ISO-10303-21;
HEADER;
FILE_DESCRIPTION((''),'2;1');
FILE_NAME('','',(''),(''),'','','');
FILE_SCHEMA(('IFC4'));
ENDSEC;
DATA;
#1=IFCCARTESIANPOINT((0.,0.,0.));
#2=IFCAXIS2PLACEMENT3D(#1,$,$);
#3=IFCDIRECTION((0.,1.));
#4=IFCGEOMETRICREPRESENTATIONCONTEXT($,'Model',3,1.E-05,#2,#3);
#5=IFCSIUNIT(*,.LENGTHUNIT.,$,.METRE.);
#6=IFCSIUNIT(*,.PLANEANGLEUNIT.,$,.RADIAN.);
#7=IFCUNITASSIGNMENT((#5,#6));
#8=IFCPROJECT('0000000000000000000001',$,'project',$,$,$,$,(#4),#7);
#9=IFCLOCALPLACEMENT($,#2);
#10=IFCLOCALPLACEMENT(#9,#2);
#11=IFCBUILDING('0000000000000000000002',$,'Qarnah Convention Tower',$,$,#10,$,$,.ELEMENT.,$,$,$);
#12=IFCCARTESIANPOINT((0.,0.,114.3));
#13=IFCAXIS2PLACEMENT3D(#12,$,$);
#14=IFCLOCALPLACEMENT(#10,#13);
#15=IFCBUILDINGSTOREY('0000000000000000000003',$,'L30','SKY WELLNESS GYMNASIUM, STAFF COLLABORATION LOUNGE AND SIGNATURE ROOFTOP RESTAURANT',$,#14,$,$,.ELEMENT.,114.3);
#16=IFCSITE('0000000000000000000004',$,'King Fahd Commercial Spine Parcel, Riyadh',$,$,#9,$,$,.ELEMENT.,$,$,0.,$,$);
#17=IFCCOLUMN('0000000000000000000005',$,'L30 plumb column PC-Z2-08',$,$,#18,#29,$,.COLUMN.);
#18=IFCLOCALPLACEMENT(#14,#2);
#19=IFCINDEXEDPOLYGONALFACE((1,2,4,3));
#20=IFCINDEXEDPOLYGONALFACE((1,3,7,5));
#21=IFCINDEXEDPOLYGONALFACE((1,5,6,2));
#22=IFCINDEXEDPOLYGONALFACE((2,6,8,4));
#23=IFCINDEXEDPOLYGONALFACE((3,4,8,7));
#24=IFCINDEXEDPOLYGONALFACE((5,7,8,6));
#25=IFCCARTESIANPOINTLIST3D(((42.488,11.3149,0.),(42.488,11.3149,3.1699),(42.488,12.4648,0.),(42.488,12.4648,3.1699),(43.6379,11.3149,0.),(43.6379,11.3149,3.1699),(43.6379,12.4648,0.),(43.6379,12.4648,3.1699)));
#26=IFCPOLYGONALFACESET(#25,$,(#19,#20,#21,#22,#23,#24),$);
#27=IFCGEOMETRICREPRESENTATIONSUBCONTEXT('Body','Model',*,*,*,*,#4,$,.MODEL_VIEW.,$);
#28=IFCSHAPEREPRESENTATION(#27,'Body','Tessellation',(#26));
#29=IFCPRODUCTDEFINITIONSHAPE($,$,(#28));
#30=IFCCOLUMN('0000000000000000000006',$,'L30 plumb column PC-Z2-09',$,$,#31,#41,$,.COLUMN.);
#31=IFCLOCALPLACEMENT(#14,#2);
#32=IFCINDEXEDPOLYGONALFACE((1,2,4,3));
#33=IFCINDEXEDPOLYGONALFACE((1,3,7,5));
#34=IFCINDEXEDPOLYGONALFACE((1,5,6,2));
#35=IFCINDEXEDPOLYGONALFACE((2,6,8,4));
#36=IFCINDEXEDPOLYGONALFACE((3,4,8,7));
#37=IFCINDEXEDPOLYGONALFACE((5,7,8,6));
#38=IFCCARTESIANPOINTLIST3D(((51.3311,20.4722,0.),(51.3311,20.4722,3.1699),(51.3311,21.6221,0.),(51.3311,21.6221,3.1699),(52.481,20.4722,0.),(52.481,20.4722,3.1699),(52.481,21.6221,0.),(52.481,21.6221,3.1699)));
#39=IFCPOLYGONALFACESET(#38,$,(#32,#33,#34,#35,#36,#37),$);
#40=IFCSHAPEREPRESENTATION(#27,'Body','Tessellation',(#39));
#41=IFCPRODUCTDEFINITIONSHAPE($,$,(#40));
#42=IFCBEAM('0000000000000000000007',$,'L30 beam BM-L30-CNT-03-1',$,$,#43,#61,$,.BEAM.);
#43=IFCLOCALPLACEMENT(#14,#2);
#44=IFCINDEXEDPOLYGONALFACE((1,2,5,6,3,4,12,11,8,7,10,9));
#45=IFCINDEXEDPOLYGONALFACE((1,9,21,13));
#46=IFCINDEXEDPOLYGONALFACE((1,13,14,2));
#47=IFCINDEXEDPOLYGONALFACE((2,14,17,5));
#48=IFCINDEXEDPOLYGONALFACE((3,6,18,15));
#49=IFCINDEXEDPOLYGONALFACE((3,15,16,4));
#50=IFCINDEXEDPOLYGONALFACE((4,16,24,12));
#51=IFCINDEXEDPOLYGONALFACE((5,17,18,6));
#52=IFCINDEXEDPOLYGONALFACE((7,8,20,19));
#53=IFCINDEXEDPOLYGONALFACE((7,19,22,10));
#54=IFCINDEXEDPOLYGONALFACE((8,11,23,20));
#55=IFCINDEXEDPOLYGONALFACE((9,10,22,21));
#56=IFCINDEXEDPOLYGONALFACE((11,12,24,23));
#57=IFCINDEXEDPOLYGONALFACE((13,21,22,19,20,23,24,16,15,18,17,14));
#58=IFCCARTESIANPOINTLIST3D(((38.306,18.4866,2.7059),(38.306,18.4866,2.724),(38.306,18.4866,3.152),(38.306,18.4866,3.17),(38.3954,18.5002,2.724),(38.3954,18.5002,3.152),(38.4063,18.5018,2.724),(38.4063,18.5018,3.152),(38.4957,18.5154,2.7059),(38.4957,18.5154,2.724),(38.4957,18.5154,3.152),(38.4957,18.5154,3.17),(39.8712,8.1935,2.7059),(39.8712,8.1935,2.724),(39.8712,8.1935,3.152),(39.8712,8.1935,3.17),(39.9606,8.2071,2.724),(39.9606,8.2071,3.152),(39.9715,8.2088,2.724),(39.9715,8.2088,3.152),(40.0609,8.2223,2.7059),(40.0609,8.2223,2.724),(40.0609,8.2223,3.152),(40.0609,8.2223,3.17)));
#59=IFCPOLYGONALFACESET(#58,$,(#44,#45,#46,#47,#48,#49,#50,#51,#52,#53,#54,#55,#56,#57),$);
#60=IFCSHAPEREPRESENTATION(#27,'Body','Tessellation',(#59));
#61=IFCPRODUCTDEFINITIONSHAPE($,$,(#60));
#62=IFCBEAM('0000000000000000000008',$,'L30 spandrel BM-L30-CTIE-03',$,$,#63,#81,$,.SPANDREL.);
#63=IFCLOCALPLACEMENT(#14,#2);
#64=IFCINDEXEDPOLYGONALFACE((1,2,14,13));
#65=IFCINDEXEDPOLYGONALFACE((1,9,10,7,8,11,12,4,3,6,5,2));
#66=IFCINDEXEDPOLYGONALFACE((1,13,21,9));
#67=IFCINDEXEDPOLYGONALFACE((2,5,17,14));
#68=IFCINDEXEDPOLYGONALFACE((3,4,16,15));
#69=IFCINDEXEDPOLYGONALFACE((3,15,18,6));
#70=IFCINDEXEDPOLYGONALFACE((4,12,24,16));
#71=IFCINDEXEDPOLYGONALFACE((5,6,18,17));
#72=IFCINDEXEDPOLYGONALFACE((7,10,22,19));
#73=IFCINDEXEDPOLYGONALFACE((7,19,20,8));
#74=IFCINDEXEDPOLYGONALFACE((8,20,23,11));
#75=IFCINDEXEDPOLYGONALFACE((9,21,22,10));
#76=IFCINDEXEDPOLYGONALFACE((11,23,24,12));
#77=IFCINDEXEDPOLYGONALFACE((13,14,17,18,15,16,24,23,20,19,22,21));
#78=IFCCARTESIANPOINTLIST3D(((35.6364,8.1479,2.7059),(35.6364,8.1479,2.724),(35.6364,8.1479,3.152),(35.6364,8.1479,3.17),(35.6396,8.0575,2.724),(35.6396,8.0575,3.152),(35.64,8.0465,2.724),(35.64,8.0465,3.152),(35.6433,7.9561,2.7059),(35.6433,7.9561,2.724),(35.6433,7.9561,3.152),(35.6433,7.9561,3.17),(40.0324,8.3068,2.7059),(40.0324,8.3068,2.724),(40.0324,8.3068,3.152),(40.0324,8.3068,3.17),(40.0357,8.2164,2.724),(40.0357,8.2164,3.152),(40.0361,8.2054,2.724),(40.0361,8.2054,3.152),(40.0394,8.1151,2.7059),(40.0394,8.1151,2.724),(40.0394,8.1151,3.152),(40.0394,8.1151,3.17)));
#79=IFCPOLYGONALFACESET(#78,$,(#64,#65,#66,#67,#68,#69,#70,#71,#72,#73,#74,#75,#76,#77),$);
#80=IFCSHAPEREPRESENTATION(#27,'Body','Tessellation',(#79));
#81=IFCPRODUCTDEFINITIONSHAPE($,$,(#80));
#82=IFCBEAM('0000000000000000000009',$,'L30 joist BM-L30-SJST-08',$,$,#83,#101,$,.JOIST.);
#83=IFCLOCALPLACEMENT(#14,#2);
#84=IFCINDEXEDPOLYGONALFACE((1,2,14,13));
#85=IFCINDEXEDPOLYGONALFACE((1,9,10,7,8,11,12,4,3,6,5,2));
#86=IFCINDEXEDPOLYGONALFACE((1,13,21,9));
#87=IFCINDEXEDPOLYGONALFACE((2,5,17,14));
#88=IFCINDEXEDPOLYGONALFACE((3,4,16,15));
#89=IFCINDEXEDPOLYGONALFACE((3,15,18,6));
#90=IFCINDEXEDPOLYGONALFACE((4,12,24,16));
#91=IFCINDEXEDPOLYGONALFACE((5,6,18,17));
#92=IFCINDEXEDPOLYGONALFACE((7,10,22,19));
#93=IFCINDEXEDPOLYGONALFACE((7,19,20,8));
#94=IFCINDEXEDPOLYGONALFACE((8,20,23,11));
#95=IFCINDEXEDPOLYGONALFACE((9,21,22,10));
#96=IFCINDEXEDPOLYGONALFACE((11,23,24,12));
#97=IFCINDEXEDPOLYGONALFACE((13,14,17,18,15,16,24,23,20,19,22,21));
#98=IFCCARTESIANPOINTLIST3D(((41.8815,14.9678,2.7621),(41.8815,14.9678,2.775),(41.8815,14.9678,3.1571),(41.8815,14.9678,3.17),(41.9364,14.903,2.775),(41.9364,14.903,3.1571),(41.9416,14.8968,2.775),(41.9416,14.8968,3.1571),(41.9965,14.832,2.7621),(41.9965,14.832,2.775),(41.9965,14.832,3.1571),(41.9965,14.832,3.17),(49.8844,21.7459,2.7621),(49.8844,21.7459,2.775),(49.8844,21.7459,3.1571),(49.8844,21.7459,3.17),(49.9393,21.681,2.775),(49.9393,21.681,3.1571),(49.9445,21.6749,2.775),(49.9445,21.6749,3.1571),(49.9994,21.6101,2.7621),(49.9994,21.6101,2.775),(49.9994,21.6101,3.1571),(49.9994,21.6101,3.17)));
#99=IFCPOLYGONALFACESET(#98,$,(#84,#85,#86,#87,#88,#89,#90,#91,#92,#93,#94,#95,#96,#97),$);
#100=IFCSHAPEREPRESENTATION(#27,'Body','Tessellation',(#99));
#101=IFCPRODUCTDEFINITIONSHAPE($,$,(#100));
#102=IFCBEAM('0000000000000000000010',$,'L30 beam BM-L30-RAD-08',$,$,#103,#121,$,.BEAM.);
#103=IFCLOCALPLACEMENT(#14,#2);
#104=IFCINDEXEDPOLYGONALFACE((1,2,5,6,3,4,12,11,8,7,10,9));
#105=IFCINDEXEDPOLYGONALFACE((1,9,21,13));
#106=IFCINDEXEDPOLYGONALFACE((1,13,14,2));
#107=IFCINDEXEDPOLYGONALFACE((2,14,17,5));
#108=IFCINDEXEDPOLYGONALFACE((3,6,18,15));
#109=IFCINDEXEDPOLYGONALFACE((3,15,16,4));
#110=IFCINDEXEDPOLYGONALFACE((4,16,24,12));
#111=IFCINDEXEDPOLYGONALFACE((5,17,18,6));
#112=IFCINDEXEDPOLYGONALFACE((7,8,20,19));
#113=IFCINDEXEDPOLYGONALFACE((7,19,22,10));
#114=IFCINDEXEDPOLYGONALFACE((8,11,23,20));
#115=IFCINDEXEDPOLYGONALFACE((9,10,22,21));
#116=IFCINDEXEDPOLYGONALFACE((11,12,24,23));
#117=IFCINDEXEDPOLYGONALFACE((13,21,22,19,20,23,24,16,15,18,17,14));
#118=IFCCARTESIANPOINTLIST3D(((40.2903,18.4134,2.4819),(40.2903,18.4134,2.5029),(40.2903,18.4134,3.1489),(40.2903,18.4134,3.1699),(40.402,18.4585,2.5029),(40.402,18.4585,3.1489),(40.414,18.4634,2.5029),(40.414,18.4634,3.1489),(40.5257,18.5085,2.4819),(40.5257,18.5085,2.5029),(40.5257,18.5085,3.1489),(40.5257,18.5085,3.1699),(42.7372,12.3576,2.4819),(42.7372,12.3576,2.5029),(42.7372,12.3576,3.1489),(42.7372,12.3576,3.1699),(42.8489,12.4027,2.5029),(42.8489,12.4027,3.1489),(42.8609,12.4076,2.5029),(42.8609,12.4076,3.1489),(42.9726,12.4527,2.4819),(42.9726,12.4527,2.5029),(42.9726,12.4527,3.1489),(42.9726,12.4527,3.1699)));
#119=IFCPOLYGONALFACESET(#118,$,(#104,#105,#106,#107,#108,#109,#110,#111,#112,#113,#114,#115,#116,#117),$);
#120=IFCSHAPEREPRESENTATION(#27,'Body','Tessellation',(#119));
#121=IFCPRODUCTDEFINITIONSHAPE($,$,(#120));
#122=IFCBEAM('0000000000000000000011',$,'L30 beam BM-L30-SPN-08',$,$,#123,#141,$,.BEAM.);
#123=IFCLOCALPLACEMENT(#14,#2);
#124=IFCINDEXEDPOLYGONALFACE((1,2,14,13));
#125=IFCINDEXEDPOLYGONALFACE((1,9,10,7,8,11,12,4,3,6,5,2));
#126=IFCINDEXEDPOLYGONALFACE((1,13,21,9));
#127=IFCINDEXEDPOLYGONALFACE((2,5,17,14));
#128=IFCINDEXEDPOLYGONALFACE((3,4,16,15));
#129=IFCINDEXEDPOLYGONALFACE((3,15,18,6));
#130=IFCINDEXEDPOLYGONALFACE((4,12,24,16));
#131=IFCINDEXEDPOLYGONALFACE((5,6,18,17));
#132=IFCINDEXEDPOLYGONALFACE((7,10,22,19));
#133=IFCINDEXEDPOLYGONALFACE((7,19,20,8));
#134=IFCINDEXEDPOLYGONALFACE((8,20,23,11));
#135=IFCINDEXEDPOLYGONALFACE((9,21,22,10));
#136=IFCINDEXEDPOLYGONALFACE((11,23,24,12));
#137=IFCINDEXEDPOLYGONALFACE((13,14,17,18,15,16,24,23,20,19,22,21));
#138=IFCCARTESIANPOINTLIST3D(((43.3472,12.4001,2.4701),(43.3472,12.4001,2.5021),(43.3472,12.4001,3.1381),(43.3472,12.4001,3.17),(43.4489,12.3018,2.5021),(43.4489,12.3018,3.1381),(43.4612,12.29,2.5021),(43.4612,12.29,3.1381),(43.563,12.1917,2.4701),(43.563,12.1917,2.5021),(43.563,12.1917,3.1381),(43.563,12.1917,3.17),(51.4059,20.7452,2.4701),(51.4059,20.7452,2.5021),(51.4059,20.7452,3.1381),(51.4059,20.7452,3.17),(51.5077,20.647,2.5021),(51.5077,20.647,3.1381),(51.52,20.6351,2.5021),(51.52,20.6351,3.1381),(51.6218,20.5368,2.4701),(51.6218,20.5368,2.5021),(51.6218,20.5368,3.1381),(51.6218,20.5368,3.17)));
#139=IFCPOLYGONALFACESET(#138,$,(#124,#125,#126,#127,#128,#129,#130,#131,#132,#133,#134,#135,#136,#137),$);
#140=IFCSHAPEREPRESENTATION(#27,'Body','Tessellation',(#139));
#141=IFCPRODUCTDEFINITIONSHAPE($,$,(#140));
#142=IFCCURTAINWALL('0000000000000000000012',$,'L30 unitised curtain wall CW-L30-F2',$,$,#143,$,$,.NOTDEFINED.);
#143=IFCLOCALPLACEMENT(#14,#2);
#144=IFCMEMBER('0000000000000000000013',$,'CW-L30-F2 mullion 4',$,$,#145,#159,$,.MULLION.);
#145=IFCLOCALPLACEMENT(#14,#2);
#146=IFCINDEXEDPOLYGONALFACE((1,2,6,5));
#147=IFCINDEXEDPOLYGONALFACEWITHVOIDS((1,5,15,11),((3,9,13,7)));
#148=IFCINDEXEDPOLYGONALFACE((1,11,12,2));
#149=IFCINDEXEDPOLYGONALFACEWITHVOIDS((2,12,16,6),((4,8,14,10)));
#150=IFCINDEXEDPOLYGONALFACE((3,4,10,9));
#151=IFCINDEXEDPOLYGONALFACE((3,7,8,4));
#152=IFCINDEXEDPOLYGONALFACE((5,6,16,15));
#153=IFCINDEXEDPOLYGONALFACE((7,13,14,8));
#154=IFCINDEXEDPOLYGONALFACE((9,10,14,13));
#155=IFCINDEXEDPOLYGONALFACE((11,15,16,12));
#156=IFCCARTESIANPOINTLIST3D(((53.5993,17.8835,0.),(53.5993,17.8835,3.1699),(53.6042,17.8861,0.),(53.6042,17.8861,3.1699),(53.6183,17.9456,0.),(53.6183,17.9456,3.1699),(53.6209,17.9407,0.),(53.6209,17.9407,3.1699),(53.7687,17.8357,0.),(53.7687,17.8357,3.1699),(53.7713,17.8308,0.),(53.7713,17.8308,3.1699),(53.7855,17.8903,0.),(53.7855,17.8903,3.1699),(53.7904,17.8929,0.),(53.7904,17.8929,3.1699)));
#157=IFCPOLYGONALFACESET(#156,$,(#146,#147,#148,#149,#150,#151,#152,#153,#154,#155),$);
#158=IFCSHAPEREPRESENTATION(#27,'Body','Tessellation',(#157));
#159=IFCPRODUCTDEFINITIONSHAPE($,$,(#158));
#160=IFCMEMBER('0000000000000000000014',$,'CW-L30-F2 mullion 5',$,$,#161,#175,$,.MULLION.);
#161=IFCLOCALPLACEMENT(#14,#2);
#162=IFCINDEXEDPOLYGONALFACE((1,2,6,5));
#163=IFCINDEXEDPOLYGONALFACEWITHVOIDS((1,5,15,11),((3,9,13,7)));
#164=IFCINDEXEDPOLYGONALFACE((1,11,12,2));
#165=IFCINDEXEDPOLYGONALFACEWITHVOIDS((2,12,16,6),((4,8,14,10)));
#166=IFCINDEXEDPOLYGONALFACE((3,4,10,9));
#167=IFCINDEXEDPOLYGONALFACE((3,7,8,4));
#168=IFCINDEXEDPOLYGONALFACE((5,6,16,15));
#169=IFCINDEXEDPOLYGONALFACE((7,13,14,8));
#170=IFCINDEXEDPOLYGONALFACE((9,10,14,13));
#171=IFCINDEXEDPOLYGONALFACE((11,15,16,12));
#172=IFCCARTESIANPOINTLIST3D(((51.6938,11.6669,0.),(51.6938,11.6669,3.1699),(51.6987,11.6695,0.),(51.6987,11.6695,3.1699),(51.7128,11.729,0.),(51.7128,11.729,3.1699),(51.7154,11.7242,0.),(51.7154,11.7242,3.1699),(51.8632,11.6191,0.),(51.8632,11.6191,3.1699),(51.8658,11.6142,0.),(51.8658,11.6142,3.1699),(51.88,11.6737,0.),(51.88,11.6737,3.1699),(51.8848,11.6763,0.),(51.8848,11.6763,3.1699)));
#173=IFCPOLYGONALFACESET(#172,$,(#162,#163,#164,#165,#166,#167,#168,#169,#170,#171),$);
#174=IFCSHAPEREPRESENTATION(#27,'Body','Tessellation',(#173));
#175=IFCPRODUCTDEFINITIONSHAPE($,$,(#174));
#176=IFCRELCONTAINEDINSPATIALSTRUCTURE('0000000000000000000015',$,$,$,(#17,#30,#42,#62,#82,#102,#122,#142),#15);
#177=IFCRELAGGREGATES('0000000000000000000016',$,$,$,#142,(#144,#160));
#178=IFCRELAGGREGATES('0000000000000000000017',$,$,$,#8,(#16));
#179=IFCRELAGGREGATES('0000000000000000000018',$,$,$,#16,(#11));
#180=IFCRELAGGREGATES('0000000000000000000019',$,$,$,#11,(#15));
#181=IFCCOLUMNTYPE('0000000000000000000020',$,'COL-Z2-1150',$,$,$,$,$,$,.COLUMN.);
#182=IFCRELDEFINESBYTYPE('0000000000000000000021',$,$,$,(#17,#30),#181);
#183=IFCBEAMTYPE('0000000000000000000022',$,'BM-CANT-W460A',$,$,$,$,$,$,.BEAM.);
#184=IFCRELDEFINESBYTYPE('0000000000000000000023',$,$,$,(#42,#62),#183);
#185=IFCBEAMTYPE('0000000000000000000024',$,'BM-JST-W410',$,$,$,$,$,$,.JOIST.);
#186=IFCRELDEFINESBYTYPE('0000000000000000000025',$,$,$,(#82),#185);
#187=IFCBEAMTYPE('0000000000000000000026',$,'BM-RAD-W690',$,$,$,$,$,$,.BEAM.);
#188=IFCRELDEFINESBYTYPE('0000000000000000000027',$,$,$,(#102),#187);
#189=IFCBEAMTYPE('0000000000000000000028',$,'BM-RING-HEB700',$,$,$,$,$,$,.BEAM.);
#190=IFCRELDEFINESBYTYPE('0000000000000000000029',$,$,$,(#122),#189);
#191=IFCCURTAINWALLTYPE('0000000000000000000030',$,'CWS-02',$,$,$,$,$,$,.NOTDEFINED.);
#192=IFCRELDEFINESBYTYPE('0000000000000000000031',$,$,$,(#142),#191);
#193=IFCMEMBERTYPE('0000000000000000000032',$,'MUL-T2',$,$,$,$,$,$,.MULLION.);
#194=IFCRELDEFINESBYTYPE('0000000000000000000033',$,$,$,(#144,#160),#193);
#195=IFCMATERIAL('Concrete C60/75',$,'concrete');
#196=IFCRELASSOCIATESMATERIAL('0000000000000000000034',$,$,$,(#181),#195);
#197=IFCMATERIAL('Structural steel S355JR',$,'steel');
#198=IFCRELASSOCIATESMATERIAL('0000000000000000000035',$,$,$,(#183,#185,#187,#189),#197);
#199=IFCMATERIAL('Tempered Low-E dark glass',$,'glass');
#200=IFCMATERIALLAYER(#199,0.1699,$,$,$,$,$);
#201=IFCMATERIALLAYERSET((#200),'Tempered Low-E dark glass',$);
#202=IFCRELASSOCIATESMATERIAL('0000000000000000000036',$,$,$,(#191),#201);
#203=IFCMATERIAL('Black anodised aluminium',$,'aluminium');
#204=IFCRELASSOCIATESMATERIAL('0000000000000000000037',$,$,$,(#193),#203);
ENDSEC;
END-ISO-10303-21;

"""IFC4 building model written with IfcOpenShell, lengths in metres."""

from ifc_helpers import new_model, si_unit, direction, frame, origin, origin_2d, place, context, subcontext, project, spatial, rectangle, hollow_rectangle, i_section, extrude, material, layer, layer_set, material_profile, profile_set, type_object, element, aggregate, save


model = new_model("IFC4")

# Units and contexts
model_context = context("Model", 3, precision=1e-05, world=origin(), true_north=direction((0.0, 1.0)))
body_context = subcontext(model_context, "Body", "Model", "MODEL_VIEW")
ifc_project = project(units=[si_unit("LENGTHUNIT", "METRE"), si_unit("PLANEANGLEUNIT", "RADIAN")], contexts=[model_context])

# Site, building, storey
site_placement = place(None, origin())
site = spatial("IfcSite", under=ifc_project, at=site_placement, Name="King Fahd Commercial Spine Parcel, Riyadh", CompositionType="ELEMENT", RefElevation=0.0)
building_placement = place(site_placement, origin())
building = spatial("IfcBuilding", under=site, at=building_placement, Name="Qarnah Convention Tower", CompositionType="ELEMENT")
storey_placement = place(building_placement, frame((0.0, 0.0, 114.3)))
storey = spatial("IfcBuildingStorey", under=building, at=storey_placement, Name="L30", Description="SKY WELLNESS GYMNASIUM, STAFF COLLABORATION LOUNGE AND SIGNATURE ROOFTOP RESTAURANT", CompositionType="ELEMENT", Elevation=114.3)

# Columns
ifc_material_1 = material(Name="Concrete C60/75", Category="concrete")
ifc_material_profile_1 = material_profile(ifc_material_1, rectangle(XDim=1.1499, YDim=1.1499, at=origin_2d()), Name="RC-COL-1150X1150")
ifc_profile_set_1 = profile_set([ifc_material_profile_1], Name="Concrete C60/75")
column_type = type_object("IfcColumnType", Name="COL-Z2-1150", PredefinedType="COLUMN", material=ifc_profile_set_1)
for number, where, z_axis, x_axis, name in (
    (1, (43.063, 11.8899, 0.0), (0.0, 0.0, 1.0), (1.0, 0.0, 0.0), "L30 plumb column PC-Z2-08"),
    (2, (51.906, 21.0471, 0.0), (0.0, 0.0, 1.0), (1.0, 0.0, 0.0), "L30 plumb column PC-Z2-09"),
):
    element("IfcColumn", number, at=place(storey_placement, frame(where, z_axis=z_axis, x_axis=x_axis)), inside=storey, type_object=column_type, Name=name, PredefinedType="COLUMN", context=body_context, shape_type="SweptSolid", body=[
        extrude(rectangle(XDim=1.1499, YDim=1.1499, at=origin_2d()), origin(), (0.0, 0.0, 1.0), 3.1699),
    ])

# Beams
ifc_material_2 = material(Name="Structural steel S355JR", Category="steel")
ifc_material_profile_2 = material_profile(ifc_material_2, i_section(OverallWidth=0.1919, OverallDepth=0.4641, WebThickness=0.011, FlangeThickness=0.0181, at=origin_2d()), Name="W460X89")
ifc_profile_set_2 = profile_set([ifc_material_profile_2], Name="Structural steel S355JR")
beam_type_1 = type_object("IfcBeamType", Name="BM-CANT-W460A", PredefinedType="BEAM", material=ifc_profile_set_2)
beam_1_placement = place(storey_placement, frame((38.4009, 18.501, 2.938), z_axis=(0.150335, -0.988635, 0.0), x_axis=(0.988635, 0.150335, 0.0)))
element("IfcBeam", 3, at=beam_1_placement, inside=storey, type_object=beam_type_1, Name="L30 beam BM-L30-CNT-03-1", PredefinedType="BEAM", context=body_context, shape_type="SweptSolid", body=[
    extrude(i_section(OverallWidth=0.1919, OverallDepth=0.4641, WebThickness=0.011, FlangeThickness=0.0181, at=origin_2d()), origin(), (0.0, 0.0, 1.0), 10.4114),
])
beam_2_placement = place(storey_placement, frame((40.0359, 8.2109, 2.938), z_axis=(-0.999347, -0.036131, 0.0), x_axis=(0.036131, -0.999347, 0.0)))
element("IfcBeam", 4, at=beam_2_placement, inside=storey, type_object=beam_type_1, Name="L30 spandrel BM-L30-CTIE-03", PredefinedType="SPANDREL", context=body_context, shape_type="SweptSolid", body=[
    extrude(i_section(OverallWidth=0.1919, OverallDepth=0.4641, WebThickness=0.011, FlangeThickness=0.0181, at=origin_2d()), origin(), (0.0, 0.0, 1.0), 4.3989),
])
ifc_material_profile_3 = material_profile(ifc_material_2, i_section(OverallWidth=0.178, OverallDepth=0.408, WebThickness=0.0081, FlangeThickness=0.0129, at=origin_2d()), Name="W410X60")
ifc_profile_set_3 = profile_set([ifc_material_profile_3], Name="Structural steel S355JR")
beam_type_2 = type_object("IfcBeamType", Name="BM-JST-W410", PredefinedType="JOIST", material=ifc_profile_set_3)
beam_3_placement = place(storey_placement, frame((41.939, 14.8999, 2.9661), z_axis=(0.763087, 0.646296, 0.0), x_axis=(-0.646296, 0.763087, 0.0)))
element("IfcBeam", 5, at=beam_3_placement, inside=storey, type_object=beam_type_2, Name="L30 joist BM-L30-SJST-08", PredefinedType="JOIST", context=body_context, shape_type="SweptSolid", body=[
    extrude(i_section(OverallWidth=0.178, OverallDepth=0.408, WebThickness=0.0081, FlangeThickness=0.0129, at=origin_2d()), origin(), (0.0, 0.0, 1.0), 10.4875),
])
ifc_material_profile_4 = material_profile(ifc_material_2, i_section(OverallWidth=0.2539, OverallDepth=0.688, WebThickness=0.0129, FlangeThickness=0.021, at=origin_2d()), Name="W690X152")
ifc_profile_set_4 = profile_set([ifc_material_profile_4], Name="Structural steel S355JR")
beam_type_3 = type_object("IfcBeamType", Name="BM-RAD-W690", PredefinedType="BEAM", material=ifc_profile_set_4)
beam_4_placement = place(storey_placement, frame((40.408, 18.4609, 2.8259), z_axis=(0.374643, -0.927169, 0.0), x_axis=(0.927169, 0.374643, 0.0)))
element("IfcBeam", 6, at=beam_4_placement, inside=storey, type_object=beam_type_3, Name="L30 beam BM-L30-RAD-08", PredefinedType="BEAM", context=body_context, shape_type="SweptSolid", body=[
    extrude(i_section(OverallWidth=0.2539, OverallDepth=0.688, WebThickness=0.0129, FlangeThickness=0.021, at=origin_2d()), origin(), (0.0, 0.0, 1.0), 6.5315),
])
ifc_material_profile_5 = material_profile(ifc_material_2, i_section(OverallWidth=0.3, OverallDepth=0.7, WebThickness=0.0171, FlangeThickness=0.032, at=origin_2d()), Name="HEB700")
ifc_profile_set_5 = profile_set([ifc_material_profile_5], Name="Structural steel S355JR")
beam_type_4 = type_object("IfcBeamType", Name="BM-RING-HEB700", PredefinedType="BEAM", material=ifc_profile_set_5)
beam_5_placement = place(storey_placement, frame((43.4551, 12.2959, 2.8201), z_axis=(0.694656, 0.719342, 0.0), x_axis=(-0.719342, 0.694656, 0.0)))
element("IfcBeam", 7, at=beam_5_placement, inside=storey, type_object=beam_type_4, Name="L30 beam BM-L30-SPN-08", PredefinedType="BEAM", context=body_context, shape_type="SweptSolid", body=[
    extrude(i_section(OverallWidth=0.3, OverallDepth=0.7, WebThickness=0.0171, FlangeThickness=0.032, at=origin_2d()), origin(), (0.0, 0.0, 1.0), 11.6011),
])

# Curtain wall, members
ifc_material_3 = material(Name="Tempered Low-E dark glass", Category="glass")
ifc_layer_1 = layer(ifc_material_3, 0.1699)
ifc_layer_set_1 = layer_set([ifc_layer_1], Name="Tempered Low-E dark glass")
curtain_wall_type = type_object("IfcCurtainWallType", Name="CWS-02", PredefinedType="NOTDEFINED", material=ifc_layer_set_1)
curtain_wall_placement = place(storey_placement, origin())
curtain_wall = element("IfcCurtainWall", 8, at=curtain_wall_placement, inside=storey, type_object=curtain_wall_type, Name="L30 unitised curtain wall CW-L30-F2", PredefinedType="NOTDEFINED")
ifc_material_4 = material(Name="Black anodised aluminium", Category="aluminium")
ifc_material_profile_6 = material_profile(ifc_material_4, hollow_rectangle(XDim=0.0649, YDim=0.1799, WallThickness=0.0039, at=origin_2d()), Name="MUL-65X180")
ifc_profile_set_6 = profile_set([ifc_material_profile_6], Name="Black anodised aluminium")
member_type = type_object("IfcMemberType", Name="MUL-T2", PredefinedType="MULLION", material=ifc_profile_set_6)
member_1_placement = place(storey_placement, frame((53.6948, 17.8882, 0.0), z_axis=(0.0, 0.0, 1.0), x_axis=(-0.293046, -0.956098, 0.0)))
member_1 = element("IfcMember", 9, at=member_1_placement, type_object=member_type, Name="CW-L30-F2 mullion 4", PredefinedType="MULLION", context=body_context, shape_type="SweptSolid", body=[
    extrude(hollow_rectangle(XDim=0.0649, YDim=0.1799, WallThickness=0.0039, at=origin_2d()), origin(), (0.0, 0.0, 1.0), 3.1699),
])
member_2_placement = place(storey_placement, frame((51.7893, 11.6716, 0.0), z_axis=(0.0, 0.0, 1.0), x_axis=(-0.293046, -0.956098, 0.0)))
member_2 = element("IfcMember", 10, at=member_2_placement, type_object=member_type, Name="CW-L30-F2 mullion 5", PredefinedType="MULLION", context=body_context, shape_type="SweptSolid", body=[
    extrude(hollow_rectangle(XDim=0.0649, YDim=0.1799, WallThickness=0.0039, at=origin_2d()), origin(), (0.0, 0.0, 1.0), 3.1699),
])
aggregate(curtain_wall, [member_1, member_2])

save(model, "model.ifc")
